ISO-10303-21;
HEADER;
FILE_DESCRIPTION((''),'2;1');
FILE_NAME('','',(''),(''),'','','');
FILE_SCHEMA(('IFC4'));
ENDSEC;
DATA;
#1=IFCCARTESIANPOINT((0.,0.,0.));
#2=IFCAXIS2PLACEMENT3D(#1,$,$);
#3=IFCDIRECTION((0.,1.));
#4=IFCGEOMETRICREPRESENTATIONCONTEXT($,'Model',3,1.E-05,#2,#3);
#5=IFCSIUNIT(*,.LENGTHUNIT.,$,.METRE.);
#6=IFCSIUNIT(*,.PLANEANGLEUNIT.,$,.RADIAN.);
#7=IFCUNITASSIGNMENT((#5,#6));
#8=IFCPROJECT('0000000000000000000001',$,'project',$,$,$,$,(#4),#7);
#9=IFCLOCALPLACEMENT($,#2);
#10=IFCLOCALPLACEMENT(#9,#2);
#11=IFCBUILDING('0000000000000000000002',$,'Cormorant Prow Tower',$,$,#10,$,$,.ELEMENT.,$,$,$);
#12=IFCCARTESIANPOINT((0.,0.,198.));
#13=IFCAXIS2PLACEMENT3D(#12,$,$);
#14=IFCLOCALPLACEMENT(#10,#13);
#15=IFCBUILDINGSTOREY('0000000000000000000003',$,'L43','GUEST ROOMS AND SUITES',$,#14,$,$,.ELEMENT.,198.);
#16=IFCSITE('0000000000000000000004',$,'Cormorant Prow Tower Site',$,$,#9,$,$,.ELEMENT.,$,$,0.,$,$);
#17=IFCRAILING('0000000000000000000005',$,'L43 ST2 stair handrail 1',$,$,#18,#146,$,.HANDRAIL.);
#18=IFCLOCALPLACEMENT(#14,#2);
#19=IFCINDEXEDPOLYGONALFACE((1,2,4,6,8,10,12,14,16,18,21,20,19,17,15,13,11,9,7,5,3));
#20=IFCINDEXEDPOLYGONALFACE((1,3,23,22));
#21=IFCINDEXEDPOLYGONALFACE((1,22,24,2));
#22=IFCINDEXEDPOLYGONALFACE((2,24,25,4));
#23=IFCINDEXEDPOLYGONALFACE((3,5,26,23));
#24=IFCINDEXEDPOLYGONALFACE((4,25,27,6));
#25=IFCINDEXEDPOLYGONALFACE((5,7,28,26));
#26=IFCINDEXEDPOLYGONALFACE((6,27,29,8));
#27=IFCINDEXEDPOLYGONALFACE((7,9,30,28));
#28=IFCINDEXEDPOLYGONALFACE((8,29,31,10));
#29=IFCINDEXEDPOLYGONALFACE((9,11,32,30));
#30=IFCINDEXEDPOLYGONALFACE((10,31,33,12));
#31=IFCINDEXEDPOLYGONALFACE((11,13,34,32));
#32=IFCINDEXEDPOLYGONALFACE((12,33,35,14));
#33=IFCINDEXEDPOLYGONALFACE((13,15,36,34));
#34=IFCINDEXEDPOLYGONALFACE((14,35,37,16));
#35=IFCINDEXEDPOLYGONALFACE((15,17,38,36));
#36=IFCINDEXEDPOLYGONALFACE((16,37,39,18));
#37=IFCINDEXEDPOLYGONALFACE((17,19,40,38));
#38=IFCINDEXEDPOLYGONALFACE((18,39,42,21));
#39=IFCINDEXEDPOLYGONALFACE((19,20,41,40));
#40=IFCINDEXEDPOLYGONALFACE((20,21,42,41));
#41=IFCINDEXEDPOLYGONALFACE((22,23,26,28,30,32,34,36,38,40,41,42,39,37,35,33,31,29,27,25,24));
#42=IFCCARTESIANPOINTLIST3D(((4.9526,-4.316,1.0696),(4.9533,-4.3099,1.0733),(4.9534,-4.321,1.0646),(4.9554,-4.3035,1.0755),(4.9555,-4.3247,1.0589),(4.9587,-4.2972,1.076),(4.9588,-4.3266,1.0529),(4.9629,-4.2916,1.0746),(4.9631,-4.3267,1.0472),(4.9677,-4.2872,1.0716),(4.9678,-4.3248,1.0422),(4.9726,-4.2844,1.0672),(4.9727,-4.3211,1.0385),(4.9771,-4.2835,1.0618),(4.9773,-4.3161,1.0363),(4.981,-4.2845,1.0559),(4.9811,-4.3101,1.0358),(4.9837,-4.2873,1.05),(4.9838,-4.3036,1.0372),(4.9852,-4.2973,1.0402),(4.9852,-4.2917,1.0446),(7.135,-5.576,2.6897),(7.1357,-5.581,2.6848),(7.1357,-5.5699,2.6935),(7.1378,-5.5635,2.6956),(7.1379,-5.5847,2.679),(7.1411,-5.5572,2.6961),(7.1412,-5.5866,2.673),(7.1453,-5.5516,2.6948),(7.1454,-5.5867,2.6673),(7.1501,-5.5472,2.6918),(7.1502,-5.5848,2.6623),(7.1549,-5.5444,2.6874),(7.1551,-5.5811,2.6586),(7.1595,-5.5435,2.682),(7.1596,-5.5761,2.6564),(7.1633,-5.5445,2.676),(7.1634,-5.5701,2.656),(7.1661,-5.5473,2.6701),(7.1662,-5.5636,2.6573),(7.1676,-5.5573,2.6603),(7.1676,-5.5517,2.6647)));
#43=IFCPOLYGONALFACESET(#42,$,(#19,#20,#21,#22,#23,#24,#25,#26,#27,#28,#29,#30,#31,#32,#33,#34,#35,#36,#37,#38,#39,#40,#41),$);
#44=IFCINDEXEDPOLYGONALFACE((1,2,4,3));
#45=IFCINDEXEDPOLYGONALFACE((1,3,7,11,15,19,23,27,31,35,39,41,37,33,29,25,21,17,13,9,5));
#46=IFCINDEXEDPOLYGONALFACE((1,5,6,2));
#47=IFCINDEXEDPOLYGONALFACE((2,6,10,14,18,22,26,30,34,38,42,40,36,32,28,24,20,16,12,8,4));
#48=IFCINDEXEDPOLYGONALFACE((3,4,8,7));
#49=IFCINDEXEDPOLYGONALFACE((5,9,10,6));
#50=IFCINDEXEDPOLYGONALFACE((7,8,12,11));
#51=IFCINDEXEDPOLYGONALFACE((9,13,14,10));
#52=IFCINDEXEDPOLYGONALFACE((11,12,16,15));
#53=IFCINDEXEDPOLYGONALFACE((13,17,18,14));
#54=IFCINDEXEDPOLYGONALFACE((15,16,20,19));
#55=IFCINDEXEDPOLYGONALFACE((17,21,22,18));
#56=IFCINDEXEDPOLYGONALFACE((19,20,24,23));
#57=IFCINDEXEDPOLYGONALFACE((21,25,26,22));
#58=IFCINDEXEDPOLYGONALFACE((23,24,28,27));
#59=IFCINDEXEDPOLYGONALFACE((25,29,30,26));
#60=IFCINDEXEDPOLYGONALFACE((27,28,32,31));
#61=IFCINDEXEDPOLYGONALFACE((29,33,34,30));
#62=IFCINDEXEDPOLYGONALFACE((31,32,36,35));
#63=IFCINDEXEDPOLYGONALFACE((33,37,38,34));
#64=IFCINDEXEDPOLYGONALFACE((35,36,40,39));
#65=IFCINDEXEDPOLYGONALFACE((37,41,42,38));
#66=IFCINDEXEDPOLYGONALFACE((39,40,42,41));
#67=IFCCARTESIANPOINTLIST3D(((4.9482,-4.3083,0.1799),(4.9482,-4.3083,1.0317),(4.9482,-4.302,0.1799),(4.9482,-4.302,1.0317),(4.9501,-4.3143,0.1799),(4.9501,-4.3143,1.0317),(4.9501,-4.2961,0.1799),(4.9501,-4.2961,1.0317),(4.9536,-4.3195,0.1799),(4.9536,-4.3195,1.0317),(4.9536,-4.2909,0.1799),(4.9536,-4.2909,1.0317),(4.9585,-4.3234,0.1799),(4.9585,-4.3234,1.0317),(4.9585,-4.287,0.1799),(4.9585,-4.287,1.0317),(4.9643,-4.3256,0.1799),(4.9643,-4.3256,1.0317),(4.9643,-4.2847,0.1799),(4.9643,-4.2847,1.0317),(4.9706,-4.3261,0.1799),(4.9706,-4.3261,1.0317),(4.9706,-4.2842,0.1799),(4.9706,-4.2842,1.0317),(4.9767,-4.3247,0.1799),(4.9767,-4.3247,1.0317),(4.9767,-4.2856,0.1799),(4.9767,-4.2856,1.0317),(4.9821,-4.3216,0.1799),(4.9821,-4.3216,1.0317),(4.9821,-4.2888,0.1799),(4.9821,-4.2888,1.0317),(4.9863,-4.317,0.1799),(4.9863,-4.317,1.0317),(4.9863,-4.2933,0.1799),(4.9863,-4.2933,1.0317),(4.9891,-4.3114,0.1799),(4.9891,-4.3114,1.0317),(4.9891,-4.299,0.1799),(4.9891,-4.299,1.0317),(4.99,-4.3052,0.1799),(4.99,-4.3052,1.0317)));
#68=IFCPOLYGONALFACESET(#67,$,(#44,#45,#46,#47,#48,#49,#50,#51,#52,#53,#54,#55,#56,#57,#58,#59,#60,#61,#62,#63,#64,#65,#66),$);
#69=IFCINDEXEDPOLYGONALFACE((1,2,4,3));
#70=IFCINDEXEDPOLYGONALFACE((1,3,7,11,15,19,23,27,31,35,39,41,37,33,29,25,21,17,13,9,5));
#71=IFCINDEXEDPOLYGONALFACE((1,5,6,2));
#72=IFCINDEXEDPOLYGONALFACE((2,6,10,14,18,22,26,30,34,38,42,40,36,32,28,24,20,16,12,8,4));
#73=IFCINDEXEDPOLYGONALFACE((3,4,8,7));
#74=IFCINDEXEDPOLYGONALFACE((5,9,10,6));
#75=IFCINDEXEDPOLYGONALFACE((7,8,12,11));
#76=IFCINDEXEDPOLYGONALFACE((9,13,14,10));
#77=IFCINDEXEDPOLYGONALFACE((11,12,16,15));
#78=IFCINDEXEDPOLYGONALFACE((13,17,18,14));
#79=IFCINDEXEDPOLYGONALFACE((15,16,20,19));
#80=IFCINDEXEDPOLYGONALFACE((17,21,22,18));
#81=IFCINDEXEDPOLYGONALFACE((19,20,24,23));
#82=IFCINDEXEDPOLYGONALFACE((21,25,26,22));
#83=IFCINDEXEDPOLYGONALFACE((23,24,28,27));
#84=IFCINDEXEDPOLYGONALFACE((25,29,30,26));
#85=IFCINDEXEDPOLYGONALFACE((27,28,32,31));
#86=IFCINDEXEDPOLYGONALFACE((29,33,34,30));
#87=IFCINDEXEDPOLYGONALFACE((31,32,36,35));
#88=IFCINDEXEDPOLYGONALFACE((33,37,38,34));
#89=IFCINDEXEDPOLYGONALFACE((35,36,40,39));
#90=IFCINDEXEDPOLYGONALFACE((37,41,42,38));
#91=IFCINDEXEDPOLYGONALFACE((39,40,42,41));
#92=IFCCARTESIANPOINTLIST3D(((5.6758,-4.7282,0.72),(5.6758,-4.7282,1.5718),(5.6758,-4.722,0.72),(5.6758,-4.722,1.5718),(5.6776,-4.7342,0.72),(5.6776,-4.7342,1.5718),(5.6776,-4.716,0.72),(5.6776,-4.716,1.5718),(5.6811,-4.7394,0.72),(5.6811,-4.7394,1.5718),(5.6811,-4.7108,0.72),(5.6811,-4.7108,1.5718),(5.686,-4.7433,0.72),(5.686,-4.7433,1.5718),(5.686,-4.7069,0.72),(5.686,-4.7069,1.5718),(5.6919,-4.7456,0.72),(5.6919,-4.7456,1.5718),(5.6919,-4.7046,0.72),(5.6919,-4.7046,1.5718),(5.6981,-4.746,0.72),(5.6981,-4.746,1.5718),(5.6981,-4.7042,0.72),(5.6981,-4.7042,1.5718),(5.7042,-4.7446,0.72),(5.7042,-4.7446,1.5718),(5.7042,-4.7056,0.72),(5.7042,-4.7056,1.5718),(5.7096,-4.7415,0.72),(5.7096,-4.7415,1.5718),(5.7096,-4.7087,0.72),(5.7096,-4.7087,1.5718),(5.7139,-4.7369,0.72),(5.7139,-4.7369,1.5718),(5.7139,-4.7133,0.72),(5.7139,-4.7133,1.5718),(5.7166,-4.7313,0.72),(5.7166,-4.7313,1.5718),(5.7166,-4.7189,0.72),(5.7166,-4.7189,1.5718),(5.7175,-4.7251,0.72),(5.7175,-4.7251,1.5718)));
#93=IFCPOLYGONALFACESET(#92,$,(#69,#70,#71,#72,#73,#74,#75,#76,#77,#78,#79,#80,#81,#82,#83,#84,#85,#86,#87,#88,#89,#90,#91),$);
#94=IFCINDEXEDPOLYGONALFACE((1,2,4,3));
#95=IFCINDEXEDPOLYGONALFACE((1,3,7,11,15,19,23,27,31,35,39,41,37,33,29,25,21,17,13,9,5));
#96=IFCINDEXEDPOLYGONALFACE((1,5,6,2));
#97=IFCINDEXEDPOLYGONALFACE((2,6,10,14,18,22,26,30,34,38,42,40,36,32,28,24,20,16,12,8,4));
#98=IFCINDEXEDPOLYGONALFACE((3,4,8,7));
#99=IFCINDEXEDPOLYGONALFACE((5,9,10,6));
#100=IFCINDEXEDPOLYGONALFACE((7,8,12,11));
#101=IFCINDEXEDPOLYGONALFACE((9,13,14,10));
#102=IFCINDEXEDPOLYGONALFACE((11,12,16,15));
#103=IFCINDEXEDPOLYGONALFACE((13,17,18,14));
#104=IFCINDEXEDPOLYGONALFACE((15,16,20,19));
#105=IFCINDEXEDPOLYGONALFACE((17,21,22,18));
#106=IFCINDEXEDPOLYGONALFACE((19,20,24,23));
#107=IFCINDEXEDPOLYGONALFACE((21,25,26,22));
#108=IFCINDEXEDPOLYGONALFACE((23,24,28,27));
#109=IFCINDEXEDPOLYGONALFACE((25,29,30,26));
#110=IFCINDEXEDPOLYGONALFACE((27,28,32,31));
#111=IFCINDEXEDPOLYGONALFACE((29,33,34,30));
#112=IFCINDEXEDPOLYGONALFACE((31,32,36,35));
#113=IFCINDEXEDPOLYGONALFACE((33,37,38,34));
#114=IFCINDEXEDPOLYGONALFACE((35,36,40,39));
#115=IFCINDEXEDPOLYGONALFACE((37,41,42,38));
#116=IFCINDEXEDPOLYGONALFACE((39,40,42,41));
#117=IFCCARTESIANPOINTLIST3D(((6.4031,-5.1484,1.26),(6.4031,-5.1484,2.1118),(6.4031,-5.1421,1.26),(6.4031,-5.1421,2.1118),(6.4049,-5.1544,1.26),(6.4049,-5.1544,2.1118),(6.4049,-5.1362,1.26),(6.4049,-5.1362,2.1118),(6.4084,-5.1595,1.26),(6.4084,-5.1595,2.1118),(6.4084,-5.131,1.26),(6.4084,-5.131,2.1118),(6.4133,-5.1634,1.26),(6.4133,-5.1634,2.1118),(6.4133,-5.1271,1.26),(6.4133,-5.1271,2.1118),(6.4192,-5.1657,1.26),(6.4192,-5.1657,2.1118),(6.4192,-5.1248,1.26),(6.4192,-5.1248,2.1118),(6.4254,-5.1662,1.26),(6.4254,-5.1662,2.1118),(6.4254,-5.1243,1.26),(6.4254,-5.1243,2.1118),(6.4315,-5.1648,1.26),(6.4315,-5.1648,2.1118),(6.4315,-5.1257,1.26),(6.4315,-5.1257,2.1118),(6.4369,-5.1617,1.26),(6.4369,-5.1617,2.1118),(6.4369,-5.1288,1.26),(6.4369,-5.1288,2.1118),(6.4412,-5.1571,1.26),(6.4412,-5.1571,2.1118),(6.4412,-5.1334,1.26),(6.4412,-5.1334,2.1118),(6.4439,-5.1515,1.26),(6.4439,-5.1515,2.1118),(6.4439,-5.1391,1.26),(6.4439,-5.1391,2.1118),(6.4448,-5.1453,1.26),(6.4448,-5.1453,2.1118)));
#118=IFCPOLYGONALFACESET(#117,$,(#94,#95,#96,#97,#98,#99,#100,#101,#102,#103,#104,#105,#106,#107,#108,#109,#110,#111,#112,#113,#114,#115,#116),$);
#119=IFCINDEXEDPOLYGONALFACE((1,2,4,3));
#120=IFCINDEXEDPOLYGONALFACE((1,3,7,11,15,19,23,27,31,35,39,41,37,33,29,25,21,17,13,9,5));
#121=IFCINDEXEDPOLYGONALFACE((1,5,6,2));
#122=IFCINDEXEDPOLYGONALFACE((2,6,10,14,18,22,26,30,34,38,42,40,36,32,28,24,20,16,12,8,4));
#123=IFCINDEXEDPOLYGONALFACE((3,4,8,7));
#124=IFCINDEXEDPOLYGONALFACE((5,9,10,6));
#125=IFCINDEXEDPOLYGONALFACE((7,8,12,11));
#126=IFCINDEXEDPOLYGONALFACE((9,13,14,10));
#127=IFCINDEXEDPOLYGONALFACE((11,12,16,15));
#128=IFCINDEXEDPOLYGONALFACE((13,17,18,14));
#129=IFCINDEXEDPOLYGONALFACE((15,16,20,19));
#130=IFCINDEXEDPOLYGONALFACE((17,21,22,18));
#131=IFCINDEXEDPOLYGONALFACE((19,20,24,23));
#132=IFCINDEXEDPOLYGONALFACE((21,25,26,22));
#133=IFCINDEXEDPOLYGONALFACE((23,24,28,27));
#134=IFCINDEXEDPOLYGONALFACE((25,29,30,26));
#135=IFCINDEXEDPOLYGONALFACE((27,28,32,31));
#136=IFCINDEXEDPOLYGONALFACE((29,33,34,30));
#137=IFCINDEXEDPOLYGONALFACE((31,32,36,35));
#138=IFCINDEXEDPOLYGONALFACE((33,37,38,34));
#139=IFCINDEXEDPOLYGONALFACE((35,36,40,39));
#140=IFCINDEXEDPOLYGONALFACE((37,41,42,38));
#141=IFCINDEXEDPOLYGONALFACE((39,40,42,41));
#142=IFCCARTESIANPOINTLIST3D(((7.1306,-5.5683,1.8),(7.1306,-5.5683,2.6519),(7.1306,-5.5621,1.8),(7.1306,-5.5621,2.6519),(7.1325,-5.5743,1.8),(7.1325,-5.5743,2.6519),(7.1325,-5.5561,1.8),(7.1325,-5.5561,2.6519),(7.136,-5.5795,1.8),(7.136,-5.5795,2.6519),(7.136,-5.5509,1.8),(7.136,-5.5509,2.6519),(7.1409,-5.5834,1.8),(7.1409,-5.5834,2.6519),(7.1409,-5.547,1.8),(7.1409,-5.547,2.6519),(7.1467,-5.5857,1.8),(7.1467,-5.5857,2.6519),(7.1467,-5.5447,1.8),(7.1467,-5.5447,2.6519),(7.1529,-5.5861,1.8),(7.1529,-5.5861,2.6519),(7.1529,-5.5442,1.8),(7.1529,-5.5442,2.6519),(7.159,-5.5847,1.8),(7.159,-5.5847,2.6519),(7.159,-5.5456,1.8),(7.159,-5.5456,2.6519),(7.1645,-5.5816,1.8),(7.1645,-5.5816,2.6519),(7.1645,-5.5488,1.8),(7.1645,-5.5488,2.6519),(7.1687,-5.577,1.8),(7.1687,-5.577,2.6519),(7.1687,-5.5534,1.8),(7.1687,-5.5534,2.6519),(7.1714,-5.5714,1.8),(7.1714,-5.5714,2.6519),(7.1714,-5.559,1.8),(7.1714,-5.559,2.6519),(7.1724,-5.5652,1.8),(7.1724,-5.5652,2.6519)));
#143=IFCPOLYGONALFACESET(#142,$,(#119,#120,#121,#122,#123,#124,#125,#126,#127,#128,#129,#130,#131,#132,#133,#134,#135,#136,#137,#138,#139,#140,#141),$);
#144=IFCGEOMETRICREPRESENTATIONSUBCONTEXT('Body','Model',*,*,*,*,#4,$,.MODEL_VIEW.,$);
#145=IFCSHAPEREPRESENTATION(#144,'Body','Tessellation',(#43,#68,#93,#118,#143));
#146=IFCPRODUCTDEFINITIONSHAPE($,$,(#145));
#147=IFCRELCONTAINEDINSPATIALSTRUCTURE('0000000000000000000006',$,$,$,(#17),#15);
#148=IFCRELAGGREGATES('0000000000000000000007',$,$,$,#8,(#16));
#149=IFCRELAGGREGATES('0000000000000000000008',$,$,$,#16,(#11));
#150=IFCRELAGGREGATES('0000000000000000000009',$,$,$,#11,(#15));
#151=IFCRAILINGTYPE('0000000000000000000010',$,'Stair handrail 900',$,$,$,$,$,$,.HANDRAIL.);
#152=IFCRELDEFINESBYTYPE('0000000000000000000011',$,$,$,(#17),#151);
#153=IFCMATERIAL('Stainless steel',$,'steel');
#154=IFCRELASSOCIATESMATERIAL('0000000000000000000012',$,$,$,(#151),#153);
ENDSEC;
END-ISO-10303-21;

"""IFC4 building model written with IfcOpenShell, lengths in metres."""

from ifc_helpers import new_model, si_unit, direction, frame, origin, origin_2d, place, context, subcontext, project, spatial, circle, extrude, material, type_object, element, save


model = new_model("IFC4")

# Units and contexts
model_context = context("Model", 3, precision=1e-05, world=origin(), true_north=direction((0.0, 1.0)))
body_context = subcontext(model_context, "Body", "Model", "MODEL_VIEW")
ifc_project = project(units=[si_unit("LENGTHUNIT", "METRE"), si_unit("PLANEANGLEUNIT", "RADIAN")], contexts=[model_context])

# Site, building, storey
site_placement = place(None, origin())
site = spatial("IfcSite", under=ifc_project, at=site_placement, Name="Cormorant Prow Tower Site", CompositionType="ELEMENT", RefElevation=0.0)
building_placement = place(site_placement, origin())
building = spatial("IfcBuilding", under=site, at=building_placement, Name="Cormorant Prow Tower", CompositionType="ELEMENT")
storey_placement = place(building_placement, frame((0.0, 0.0, 198.0)))
storey = spatial("IfcBuildingStorey", under=building, at=storey_placement, Name="L43", Description="GUEST ROOMS AND SUITES", CompositionType="ELEMENT", Elevation=198.0)

# Railing
ifc_material_1 = material(Name="Stainless steel", Category="steel")
railing_type_1 = type_object("IfcRailingType", Name="Stair handrail 900", PredefinedType="HANDRAIL", material=ifc_material_1)
railing_1_placement = place(storey_placement, frame((4.969, -4.3052, 0.1799)))
element("IfcRailing", 1, at=railing_1_placement, inside=storey, type_object=railing_type_1, Name="L43 ST2 stair handrail 1", PredefinedType="HANDRAIL", context=body_context, shape_type="SweptSolid", body=[
    extrude(circle(Radius=0.0239, at=origin_2d()), frame((0.0, 0.0, 0.876), z_axis=(0.728464, -0.420584, 0.540786), x_axis=(0.500005, 0.866023, 0.0)), (0.0, 0.0, 1.0), 2.9958),
    extrude(circle(Radius=0.021, at=origin_2d()), origin(), (0.0, 0.0, 1.0), 0.8518),
    extrude(circle(Radius=0.021, at=origin_2d()), frame((0.7275, -0.4199, 0.54)), (0.0, 0.0, 1.0), 0.8518),
    extrude(circle(Radius=0.021, at=origin_2d()), frame((1.4548, -0.8401, 1.0801)), (0.0, 0.0, 1.0), 0.8518),
    extrude(circle(Radius=0.021, at=origin_2d()), frame((2.1824, -1.26, 1.6201)), (0.0, 0.0, 1.0), 0.8518),
])

save(model, "model.ifc")
